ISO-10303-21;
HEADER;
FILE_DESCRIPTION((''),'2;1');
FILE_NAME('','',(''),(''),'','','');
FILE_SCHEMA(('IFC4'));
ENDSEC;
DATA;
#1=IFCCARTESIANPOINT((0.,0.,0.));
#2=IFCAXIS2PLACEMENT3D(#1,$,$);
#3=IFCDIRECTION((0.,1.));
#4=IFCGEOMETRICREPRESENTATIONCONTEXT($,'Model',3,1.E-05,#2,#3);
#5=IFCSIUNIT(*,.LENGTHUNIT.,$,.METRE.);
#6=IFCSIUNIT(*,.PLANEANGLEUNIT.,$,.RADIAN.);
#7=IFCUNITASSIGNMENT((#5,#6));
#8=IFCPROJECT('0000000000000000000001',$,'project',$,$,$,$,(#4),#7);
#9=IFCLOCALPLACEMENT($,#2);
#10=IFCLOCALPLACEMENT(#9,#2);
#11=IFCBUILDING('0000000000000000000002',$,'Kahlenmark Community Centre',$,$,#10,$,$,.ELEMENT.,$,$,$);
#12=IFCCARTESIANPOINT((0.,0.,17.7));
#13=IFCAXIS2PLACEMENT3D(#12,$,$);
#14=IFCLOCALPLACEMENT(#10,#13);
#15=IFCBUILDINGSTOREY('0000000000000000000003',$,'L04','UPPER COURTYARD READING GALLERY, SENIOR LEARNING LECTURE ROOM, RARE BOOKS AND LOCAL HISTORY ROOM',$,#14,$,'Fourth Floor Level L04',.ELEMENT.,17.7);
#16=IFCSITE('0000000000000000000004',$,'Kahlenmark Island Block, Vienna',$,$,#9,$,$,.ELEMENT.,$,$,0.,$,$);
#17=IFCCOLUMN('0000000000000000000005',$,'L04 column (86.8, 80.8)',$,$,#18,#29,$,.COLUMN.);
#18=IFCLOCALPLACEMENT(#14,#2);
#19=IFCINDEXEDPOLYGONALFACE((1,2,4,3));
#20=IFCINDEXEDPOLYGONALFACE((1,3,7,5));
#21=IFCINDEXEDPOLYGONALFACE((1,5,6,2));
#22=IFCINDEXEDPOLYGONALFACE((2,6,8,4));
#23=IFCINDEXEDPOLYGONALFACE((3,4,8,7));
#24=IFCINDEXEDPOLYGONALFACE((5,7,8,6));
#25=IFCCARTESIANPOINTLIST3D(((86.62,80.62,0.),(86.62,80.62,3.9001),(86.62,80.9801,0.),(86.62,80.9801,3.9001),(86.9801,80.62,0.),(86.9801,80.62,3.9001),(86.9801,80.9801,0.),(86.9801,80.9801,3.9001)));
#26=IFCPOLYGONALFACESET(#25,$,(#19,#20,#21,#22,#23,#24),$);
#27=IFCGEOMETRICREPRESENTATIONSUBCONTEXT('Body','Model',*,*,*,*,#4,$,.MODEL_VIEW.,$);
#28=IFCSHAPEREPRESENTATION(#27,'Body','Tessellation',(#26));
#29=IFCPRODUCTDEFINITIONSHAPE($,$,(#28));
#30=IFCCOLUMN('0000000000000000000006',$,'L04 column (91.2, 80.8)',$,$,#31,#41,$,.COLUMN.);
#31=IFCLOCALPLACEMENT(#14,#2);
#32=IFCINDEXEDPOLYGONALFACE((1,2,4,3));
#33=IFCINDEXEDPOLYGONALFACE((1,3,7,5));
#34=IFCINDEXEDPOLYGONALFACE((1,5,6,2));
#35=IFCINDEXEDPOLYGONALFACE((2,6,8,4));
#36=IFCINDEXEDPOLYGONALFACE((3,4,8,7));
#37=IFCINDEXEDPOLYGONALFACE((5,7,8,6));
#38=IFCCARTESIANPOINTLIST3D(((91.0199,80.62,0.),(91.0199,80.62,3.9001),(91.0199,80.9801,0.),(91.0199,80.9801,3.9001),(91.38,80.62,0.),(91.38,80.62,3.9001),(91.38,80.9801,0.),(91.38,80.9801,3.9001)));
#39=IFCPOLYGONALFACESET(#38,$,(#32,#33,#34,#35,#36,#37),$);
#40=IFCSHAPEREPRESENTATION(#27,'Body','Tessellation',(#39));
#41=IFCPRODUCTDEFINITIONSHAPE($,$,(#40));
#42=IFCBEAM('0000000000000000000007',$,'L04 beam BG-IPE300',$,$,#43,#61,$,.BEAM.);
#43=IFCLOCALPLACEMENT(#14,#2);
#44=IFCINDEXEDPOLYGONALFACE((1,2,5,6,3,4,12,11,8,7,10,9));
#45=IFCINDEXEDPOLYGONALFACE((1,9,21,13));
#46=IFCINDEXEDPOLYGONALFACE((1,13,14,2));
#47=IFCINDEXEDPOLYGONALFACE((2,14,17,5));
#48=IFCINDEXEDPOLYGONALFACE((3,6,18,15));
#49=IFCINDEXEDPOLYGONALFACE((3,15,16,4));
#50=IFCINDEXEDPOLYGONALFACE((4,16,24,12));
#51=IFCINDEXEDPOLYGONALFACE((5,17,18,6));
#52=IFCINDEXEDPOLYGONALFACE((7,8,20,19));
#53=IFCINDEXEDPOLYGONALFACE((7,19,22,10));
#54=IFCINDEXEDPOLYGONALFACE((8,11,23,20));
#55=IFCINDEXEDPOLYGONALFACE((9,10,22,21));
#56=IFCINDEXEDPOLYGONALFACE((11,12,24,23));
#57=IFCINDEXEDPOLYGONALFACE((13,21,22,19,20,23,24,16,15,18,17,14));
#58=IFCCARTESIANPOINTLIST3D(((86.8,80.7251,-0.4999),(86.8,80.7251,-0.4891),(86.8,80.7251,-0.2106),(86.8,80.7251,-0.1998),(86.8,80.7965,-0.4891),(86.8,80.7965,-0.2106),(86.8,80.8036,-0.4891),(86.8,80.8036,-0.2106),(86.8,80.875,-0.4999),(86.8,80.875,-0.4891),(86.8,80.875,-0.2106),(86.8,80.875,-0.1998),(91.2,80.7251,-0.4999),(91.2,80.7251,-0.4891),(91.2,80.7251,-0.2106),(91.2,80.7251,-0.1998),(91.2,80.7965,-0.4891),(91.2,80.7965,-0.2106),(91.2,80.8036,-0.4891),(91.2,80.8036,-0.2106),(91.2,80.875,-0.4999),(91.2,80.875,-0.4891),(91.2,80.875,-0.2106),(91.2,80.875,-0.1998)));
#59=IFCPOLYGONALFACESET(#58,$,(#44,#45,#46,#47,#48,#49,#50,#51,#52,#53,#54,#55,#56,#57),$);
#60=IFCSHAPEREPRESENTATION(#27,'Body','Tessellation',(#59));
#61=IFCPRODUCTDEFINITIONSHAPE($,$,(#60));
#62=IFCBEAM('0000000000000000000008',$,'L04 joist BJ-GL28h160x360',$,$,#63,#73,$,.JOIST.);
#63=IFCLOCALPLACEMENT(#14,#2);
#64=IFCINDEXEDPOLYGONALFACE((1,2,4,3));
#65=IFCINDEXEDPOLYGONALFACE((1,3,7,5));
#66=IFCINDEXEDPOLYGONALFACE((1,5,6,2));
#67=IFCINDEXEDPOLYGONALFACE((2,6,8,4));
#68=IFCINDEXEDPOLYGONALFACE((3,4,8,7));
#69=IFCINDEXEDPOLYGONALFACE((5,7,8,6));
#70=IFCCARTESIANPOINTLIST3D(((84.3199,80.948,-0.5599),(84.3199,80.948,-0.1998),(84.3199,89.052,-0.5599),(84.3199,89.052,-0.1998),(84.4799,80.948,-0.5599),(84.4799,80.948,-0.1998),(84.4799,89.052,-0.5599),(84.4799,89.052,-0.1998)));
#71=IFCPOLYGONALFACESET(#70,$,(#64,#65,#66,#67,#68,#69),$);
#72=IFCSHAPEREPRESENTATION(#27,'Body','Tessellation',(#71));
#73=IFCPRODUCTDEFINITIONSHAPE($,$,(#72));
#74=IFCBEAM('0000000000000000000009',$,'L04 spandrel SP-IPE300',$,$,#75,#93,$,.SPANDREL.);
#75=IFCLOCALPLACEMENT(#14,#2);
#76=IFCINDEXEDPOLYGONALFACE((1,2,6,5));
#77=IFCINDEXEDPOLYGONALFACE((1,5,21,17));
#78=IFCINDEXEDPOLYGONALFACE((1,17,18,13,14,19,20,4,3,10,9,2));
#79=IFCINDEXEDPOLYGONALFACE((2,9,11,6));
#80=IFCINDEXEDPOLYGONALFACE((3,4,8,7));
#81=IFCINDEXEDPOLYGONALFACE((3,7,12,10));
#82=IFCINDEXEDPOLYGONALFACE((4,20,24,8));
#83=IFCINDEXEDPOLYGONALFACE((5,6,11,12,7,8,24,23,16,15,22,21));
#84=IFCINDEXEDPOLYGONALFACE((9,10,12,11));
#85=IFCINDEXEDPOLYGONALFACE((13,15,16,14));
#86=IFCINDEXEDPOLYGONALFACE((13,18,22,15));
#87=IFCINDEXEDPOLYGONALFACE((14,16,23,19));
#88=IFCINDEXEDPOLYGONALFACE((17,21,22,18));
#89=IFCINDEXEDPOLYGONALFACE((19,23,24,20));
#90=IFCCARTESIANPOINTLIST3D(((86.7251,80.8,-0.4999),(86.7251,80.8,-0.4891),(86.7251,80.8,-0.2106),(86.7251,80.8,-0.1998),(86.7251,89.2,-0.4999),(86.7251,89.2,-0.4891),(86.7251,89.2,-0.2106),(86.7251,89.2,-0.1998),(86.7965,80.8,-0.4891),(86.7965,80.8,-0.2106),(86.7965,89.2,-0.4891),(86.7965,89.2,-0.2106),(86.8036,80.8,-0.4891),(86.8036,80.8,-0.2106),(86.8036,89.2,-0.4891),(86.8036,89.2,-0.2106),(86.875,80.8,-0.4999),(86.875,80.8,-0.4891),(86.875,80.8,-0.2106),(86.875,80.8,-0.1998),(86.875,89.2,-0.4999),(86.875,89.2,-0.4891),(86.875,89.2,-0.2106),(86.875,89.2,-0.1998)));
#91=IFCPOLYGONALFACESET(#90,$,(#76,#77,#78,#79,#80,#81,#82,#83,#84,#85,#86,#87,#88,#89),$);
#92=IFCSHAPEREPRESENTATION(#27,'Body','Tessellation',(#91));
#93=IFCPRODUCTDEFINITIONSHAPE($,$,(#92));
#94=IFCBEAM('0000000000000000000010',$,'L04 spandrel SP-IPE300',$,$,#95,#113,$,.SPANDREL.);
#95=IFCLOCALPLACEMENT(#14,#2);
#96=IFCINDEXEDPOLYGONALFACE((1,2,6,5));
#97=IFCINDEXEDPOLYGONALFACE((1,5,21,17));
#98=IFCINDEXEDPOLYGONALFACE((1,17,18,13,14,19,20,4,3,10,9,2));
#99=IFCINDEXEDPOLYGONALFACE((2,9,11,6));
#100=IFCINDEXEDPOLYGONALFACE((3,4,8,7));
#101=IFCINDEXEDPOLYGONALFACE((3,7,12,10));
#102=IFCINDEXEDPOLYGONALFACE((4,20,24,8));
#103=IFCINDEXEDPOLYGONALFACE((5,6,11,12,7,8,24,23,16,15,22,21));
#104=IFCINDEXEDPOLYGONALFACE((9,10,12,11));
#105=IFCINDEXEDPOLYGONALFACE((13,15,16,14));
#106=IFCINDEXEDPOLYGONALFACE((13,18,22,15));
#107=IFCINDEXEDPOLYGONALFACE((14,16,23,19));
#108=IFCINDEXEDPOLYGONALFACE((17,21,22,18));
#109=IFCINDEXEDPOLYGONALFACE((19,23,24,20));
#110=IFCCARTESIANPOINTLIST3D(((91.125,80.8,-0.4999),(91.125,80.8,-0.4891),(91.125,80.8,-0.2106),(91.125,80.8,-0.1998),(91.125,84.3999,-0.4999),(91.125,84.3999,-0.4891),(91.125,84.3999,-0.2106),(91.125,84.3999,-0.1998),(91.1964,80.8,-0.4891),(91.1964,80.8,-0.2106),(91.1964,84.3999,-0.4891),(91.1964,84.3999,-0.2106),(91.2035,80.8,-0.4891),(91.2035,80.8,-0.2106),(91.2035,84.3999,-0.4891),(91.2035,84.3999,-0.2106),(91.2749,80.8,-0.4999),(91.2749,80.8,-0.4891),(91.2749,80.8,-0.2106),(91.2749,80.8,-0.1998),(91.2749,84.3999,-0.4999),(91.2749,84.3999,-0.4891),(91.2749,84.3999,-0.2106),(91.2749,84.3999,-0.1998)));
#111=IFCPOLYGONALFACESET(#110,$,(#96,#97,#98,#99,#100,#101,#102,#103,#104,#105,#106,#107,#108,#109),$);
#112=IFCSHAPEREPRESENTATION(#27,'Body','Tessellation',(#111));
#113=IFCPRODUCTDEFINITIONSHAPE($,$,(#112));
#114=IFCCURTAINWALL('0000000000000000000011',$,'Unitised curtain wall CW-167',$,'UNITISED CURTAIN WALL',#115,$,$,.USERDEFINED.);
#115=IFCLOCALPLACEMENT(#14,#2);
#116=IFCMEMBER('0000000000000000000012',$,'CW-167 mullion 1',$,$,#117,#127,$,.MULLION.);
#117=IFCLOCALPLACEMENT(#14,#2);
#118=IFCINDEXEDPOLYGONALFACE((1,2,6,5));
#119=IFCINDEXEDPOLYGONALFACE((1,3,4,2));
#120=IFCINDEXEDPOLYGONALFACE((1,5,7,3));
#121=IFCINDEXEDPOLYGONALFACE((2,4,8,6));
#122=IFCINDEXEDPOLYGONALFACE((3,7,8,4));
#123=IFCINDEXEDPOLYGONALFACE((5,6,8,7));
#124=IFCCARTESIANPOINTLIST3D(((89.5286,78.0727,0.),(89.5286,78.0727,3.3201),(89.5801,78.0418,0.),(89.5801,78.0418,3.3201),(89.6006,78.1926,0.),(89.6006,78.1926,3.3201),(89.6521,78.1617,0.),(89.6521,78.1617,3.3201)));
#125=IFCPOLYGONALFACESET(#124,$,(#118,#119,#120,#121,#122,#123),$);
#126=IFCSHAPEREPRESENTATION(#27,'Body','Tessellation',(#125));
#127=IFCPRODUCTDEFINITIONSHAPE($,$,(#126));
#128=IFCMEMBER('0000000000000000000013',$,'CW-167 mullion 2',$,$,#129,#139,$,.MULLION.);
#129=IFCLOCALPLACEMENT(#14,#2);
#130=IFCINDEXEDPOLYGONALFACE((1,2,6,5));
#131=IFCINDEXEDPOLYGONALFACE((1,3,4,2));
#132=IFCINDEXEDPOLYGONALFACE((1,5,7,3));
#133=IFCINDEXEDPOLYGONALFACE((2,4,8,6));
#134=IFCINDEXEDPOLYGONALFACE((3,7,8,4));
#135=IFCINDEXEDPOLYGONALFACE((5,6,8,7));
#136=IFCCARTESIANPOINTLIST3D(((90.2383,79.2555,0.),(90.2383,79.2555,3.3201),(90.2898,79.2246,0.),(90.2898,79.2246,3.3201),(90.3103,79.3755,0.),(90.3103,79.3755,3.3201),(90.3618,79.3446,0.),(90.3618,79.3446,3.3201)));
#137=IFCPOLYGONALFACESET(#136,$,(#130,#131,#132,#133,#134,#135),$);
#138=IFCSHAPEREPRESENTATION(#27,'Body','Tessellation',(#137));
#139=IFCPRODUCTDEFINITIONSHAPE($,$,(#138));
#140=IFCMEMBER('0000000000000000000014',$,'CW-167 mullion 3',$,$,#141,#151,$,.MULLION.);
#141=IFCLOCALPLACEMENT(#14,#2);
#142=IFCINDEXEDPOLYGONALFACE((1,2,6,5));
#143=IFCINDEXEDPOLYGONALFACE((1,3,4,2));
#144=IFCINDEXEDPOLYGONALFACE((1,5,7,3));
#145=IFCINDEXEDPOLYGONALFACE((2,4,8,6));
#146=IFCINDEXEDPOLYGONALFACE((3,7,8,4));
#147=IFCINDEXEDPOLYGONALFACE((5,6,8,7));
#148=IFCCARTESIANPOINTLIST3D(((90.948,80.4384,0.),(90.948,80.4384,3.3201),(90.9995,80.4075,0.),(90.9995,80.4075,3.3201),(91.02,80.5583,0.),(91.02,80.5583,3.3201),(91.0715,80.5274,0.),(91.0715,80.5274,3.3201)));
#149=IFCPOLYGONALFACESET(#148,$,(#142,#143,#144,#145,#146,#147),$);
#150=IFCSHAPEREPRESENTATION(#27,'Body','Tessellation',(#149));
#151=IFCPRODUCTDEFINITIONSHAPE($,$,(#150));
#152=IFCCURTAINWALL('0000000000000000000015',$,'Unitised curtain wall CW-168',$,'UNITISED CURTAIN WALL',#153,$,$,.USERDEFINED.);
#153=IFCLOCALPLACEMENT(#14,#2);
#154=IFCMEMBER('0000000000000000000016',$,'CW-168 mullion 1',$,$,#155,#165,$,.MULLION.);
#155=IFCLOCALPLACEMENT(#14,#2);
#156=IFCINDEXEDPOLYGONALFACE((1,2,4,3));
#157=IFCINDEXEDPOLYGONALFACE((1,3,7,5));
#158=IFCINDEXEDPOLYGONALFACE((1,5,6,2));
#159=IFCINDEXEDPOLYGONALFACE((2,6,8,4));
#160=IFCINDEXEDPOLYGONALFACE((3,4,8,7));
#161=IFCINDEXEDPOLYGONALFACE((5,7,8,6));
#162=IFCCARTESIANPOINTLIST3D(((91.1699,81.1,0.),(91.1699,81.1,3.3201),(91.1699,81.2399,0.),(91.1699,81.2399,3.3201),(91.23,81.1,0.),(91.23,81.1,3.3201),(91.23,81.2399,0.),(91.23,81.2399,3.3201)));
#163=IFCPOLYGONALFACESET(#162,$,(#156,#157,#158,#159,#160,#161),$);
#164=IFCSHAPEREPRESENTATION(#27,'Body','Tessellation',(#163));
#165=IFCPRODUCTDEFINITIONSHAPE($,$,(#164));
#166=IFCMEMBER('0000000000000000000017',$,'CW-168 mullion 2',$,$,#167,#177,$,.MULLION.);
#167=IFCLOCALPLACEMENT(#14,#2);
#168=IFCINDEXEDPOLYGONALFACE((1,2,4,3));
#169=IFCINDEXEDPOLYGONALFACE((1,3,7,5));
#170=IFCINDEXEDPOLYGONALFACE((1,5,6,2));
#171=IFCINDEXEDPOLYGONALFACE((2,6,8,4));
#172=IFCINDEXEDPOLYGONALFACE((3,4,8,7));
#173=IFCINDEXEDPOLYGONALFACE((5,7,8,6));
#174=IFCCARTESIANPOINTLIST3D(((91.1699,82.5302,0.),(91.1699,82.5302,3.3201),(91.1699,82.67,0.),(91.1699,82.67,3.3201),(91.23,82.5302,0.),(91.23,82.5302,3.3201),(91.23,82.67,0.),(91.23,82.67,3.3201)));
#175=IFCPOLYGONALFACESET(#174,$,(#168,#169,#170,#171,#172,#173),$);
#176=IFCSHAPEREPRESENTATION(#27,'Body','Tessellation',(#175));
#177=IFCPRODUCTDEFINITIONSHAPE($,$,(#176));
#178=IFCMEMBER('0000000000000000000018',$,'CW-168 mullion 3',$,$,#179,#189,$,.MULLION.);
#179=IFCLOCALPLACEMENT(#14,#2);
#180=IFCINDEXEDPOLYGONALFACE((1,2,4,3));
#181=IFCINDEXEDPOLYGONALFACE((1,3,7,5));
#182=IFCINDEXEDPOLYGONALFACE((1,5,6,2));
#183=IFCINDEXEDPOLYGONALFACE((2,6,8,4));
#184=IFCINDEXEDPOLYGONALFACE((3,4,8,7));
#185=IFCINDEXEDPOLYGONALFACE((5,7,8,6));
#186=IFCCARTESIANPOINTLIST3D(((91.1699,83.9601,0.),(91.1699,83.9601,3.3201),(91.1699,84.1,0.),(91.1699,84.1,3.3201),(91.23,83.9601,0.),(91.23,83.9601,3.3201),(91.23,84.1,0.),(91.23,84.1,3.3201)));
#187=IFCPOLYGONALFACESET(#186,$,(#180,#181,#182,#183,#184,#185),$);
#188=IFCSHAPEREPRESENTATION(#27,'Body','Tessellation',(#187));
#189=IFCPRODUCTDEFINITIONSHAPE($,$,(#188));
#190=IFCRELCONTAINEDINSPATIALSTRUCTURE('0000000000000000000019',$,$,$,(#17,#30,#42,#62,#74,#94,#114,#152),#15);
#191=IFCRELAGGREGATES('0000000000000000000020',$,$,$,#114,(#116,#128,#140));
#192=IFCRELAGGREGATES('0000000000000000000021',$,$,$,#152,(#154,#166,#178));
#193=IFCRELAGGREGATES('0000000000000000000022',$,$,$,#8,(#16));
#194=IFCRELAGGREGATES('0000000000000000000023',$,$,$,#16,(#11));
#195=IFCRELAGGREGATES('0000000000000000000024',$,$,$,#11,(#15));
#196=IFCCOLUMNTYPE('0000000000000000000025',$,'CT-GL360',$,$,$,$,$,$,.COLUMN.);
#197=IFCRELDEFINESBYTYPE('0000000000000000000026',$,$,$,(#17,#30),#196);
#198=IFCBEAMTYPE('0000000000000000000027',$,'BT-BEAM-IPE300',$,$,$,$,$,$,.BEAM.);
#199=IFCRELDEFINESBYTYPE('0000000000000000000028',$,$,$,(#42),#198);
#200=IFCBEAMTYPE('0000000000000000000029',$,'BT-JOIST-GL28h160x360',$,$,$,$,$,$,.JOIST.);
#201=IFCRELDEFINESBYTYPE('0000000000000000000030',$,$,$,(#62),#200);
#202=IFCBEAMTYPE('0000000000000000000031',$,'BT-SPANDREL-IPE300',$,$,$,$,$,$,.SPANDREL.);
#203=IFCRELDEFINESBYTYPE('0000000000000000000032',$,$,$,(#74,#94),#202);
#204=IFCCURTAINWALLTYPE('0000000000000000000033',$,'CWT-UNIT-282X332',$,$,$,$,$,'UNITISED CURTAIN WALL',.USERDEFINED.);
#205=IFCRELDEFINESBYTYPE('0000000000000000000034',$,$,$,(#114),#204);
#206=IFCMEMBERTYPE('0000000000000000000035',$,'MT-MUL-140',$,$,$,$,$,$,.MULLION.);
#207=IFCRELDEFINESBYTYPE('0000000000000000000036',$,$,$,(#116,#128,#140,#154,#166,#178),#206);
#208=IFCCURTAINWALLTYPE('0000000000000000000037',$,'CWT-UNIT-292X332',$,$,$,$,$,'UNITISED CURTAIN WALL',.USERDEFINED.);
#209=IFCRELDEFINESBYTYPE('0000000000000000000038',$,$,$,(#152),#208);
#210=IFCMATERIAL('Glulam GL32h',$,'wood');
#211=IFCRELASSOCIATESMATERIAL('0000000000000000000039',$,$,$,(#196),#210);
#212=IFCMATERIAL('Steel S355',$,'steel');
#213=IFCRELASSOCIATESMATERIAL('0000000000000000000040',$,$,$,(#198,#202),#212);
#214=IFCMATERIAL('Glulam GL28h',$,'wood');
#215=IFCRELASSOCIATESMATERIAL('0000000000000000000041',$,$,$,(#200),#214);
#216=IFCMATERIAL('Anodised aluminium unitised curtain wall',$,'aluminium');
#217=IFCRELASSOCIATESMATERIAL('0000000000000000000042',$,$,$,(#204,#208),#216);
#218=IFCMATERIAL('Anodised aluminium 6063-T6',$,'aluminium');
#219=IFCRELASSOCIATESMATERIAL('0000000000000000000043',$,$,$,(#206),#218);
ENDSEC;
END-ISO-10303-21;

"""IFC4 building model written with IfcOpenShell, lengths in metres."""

from ifc_helpers import new_model, si_unit, direction, frame, origin, origin_2d, place, context, subcontext, project, spatial, rectangle, i_section, extrude, material, material_profile, profile_set, type_object, element, aggregate, save


model = new_model("IFC4")

# Units and contexts
model_context = context("Model", 3, precision=1e-05, world=origin(), true_north=direction((0.0, 1.0)))
body_context = subcontext(model_context, "Body", "Model", "MODEL_VIEW")
ifc_project = project(units=[si_unit("LENGTHUNIT", "METRE"), si_unit("PLANEANGLEUNIT", "RADIAN")], contexts=[model_context])

# Site, building, storey
site_placement = place(None, origin())
site = spatial("IfcSite", under=ifc_project, at=site_placement, Name="Kahlenmark Island Block, Vienna", CompositionType="ELEMENT", RefElevation=0.0)
building_placement = place(site_placement, origin())
building = spatial("IfcBuilding", under=site, at=building_placement, Name="Kahlenmark Community Centre", CompositionType="ELEMENT")
storey_placement = place(building_placement, frame((0.0, 0.0, 17.7)))
storey = spatial("IfcBuildingStorey", under=building, at=storey_placement, Name="L04", Description="UPPER COURTYARD READING GALLERY, SENIOR LEARNING LECTURE ROOM, RARE BOOKS AND LOCAL HISTORY ROOM", LongName="Fourth Floor Level L04", CompositionType="ELEMENT", Elevation=17.7)

# Columns
ifc_material_1 = material(Name="Glulam GL32h", Category="wood")
ifc_material_profile_1 = material_profile(ifc_material_1, rectangle(XDim=0.3601, YDim=0.3601, at=origin_2d()), Name="GL32h 360x360")
ifc_profile_set_1 = profile_set([ifc_material_profile_1], Name="Glulam GL32h")
column_type = type_object("IfcColumnType", Name="CT-GL360", PredefinedType="COLUMN", material=ifc_profile_set_1)
for number, where, z_axis, x_axis, name in (
    (1, (86.8, 80.8, 0.0), (0.0, 0.0, 1.0), (1.0, 0.0, 0.0), "L04 column (86.8, 80.8)"),
    (2, (91.2, 80.8, 0.0), (0.0, 0.0, 1.0), (1.0, 0.0, 0.0), "L04 column (91.2, 80.8)"),
):
    element("IfcColumn", number, at=place(storey_placement, frame(where, z_axis=z_axis, x_axis=x_axis)), inside=storey, type_object=column_type, Name=name, PredefinedType="COLUMN", context=body_context, shape_type="SweptSolid", body=[
        extrude(rectangle(XDim=0.3601, YDim=0.3601, at=origin_2d()), origin(), (0.0, 0.0, 1.0), 3.9001),
    ])

# Beams
ifc_material_2 = material(Name="Steel S355", Category="steel")
ifc_material_profile_2 = material_profile(ifc_material_2, i_section(OverallWidth=0.1499, OverallDepth=0.3, WebThickness=0.0071, FlangeThickness=0.0107, at=origin_2d()), Name="IPE 300")
ifc_profile_set_2 = profile_set([ifc_material_profile_2], Name="Steel S355")
beam_type_1 = type_object("IfcBeamType", Name="BT-BEAM-IPE300", PredefinedType="BEAM", material=ifc_profile_set_2)
beam_1_placement = place(storey_placement, frame((91.2, 80.8, -0.3499), z_axis=(-1.0, 0.0, 0.0), x_axis=(0.0, -1.0, 0.0)))
element("IfcBeam", 3, at=beam_1_placement, inside=storey, type_object=beam_type_1, Name="L04 beam BG-IPE300", PredefinedType="BEAM", context=body_context, shape_type="SweptSolid", body=[
    extrude(i_section(OverallWidth=0.1499, OverallDepth=0.3, WebThickness=0.0071, FlangeThickness=0.0107, at=origin_2d()), origin(), (0.0, 0.0, 1.0), 4.3999),
])
ifc_material_3 = material(Name="Glulam GL28h", Category="wood")
ifc_material_profile_3 = material_profile(ifc_material_3, rectangle(XDim=0.1599, YDim=0.3601, at=origin_2d()), Name="GL28h 160x360")
ifc_profile_set_3 = profile_set([ifc_material_profile_3], Name="Glulam GL28h")
beam_type_2 = type_object("IfcBeamType", Name="BT-JOIST-GL28h160x360", PredefinedType="JOIST", material=ifc_profile_set_3)
beam_2_placement = place(storey_placement, frame((84.3999, 80.948, -0.3799), z_axis=(0.0, 1.0, 0.0), x_axis=(-1.0, 0.0, 0.0)))
element("IfcBeam", 4, at=beam_2_placement, inside=storey, type_object=beam_type_2, Name="L04 joist BJ-GL28h160x360", PredefinedType="JOIST", context=body_context, shape_type="SweptSolid", body=[
    extrude(rectangle(XDim=0.1599, YDim=0.3601, at=origin_2d()), origin(), (0.0, 0.0, 1.0), 8.104),
])
ifc_material_profile_4 = material_profile(ifc_material_2, i_section(OverallWidth=0.1499, OverallDepth=0.3, WebThickness=0.0071, FlangeThickness=0.0107, at=origin_2d()), Name="IPE 300")
ifc_profile_set_4 = profile_set([ifc_material_profile_4], Name="Steel S355")
beam_type_3 = type_object("IfcBeamType", Name="BT-SPANDREL-IPE300", PredefinedType="SPANDREL", material=ifc_profile_set_4)
beam_3_placement = place(storey_placement, frame((86.8, 80.8, -0.3499), z_axis=(0.0, 1.0, 0.0), x_axis=(-1.0, 0.0, 0.0)))
element("IfcBeam", 5, at=beam_3_placement, inside=storey, type_object=beam_type_3, Name="L04 spandrel SP-IPE300", PredefinedType="SPANDREL", context=body_context, shape_type="SweptSolid", body=[
    extrude(i_section(OverallWidth=0.1499, OverallDepth=0.3, WebThickness=0.0071, FlangeThickness=0.0107, at=origin_2d()), origin(), (0.0, 0.0, 1.0), 8.3999),
])
beam_4_placement = place(storey_placement, frame((91.2, 80.8, -0.3499), z_axis=(0.0, 1.0, 0.0), x_axis=(-1.0, 0.0, 0.0)))
element("IfcBeam", 6, at=beam_4_placement, inside=storey, type_object=beam_type_3, Name="L04 spandrel SP-IPE300", PredefinedType="SPANDREL", context=body_context, shape_type="SweptSolid", body=[
    extrude(i_section(OverallWidth=0.1499, OverallDepth=0.3, WebThickness=0.0071, FlangeThickness=0.0107, at=origin_2d()), origin(), (0.0, 0.0, 1.0), 3.5999),
])

# Curtain walls, members
ifc_material_4 = material(Name="Anodised aluminium unitised curtain wall", Category="aluminium")
curtain_wall_type_1 = type_object("IfcCurtainWallType", Name="CWT-UNIT-282X332", ElementType="UNITISED CURTAIN WALL", PredefinedType="USERDEFINED", material=ifc_material_4)
curtain_wall_1_placement = place(storey_placement, origin())
curtain_wall_1 = element("IfcCurtainWall", 7, at=curtain_wall_1_placement, inside=storey, type_object=curtain_wall_type_1, Name="Unitised curtain wall CW-167", ObjectType="UNITISED CURTAIN WALL", PredefinedType="USERDEFINED")
ifc_material_5 = material(Name="Anodised aluminium 6063-T6", Category="aluminium")
ifc_material_profile_5 = material_profile(ifc_material_5, rectangle(XDim=0.0601, YDim=0.1399, at=origin_2d()), Name="ALU MULLION 60x140")
ifc_profile_set_5 = profile_set([ifc_material_profile_5], Name="Anodised aluminium 6063-T6")
member_type_1 = type_object("IfcMemberType", Name="MT-MUL-140", PredefinedType="MULLION", material=ifc_profile_set_5)
member_1_placement = place(storey_placement, frame((89.5903, 78.1172, 0.0), z_axis=(0.0, 0.0, 1.0), x_axis=(-0.857493, 0.514496, 0.0)))
member_1 = element("IfcMember", 8, at=member_1_placement, type_object=member_type_1, Name="CW-167 mullion 1", PredefinedType="MULLION", context=body_context, shape_type="SweptSolid", body=[
    extrude(rectangle(XDim=0.0601, YDim=0.1399, at=origin_2d()), origin(), (0.0, 0.0, 1.0), 3.3201),
])
member_2_placement = place(storey_placement, frame((90.3, 79.3, 0.0), z_axis=(0.0, 0.0, 1.0), x_axis=(-0.857493, 0.514496, 0.0)))
member_2 = element("IfcMember", 9, at=member_2_placement, type_object=member_type_1, Name="CW-167 mullion 2", PredefinedType="MULLION", context=body_context, shape_type="SweptSolid", body=[
    extrude(rectangle(XDim=0.0601, YDim=0.1399, at=origin_2d()), origin(), (0.0, 0.0, 1.0), 3.3201),
])
member_3_placement = place(storey_placement, frame((91.0098, 80.4829, 0.0), z_axis=(0.0, 0.0, 1.0), x_axis=(-0.857493, 0.514496, 0.0)))
member_3 = element("IfcMember", 10, at=member_3_placement, type_object=member_type_1, Name="CW-167 mullion 3", PredefinedType="MULLION", context=body_context, shape_type="SweptSolid", body=[
    extrude(rectangle(XDim=0.0601, YDim=0.1399, at=origin_2d()), origin(), (0.0, 0.0, 1.0), 3.3201),
])
curtain_wall_type_2 = type_object("IfcCurtainWallType", Name="CWT-UNIT-292X332", ElementType="UNITISED CURTAIN WALL", PredefinedType="USERDEFINED", material=ifc_material_4)
curtain_wall_2_placement = place(storey_placement, origin())
curtain_wall_2 = element("IfcCurtainWall", 11, at=curtain_wall_2_placement, inside=storey, type_object=curtain_wall_type_2, Name="Unitised curtain wall CW-168", ObjectType="UNITISED CURTAIN WALL", PredefinedType="USERDEFINED")
member_4_placement = place(storey_placement, frame((91.2, 81.1699, 0.0), z_axis=(0.0, 0.0, 1.0), x_axis=(-1.0, 0.0, 0.0)))
member_4 = element("IfcMember", 12, at=member_4_placement, type_object=member_type_1, Name="CW-168 mullion 1", PredefinedType="MULLION", context=body_context, shape_type="SweptSolid", body=[
    extrude(rectangle(XDim=0.0601, YDim=0.1399, at=origin_2d()), origin(), (0.0, 0.0, 1.0), 3.3201),
])
member_5_placement = place(storey_placement, frame((91.2, 82.6001, 0.0), z_axis=(0.0, 0.0, 1.0), x_axis=(-1.0, 0.0, 0.0)))
member_5 = element("IfcMember", 13, at=member_5_placement, type_object=member_type_1, Name="CW-168 mullion 2", PredefinedType="MULLION", context=body_context, shape_type="SweptSolid", body=[
    extrude(rectangle(XDim=0.0601, YDim=0.1399, at=origin_2d()), origin(), (0.0, 0.0, 1.0), 3.3201),
])
member_6_placement = place(storey_placement, frame((91.2, 84.03, 0.0), z_axis=(0.0, 0.0, 1.0), x_axis=(-1.0, 0.0, 0.0)))
member_6 = element("IfcMember", 14, at=member_6_placement, type_object=member_type_1, Name="CW-168 mullion 3", PredefinedType="MULLION", context=body_context, shape_type="SweptSolid", body=[
    extrude(rectangle(XDim=0.0601, YDim=0.1399, at=origin_2d()), origin(), (0.0, 0.0, 1.0), 3.3201),
])

aggregate(curtain_wall_1, [member_1, member_2, member_3])
aggregate(curtain_wall_2, [member_4, member_5, member_6])

save(model, "model.ifc")
